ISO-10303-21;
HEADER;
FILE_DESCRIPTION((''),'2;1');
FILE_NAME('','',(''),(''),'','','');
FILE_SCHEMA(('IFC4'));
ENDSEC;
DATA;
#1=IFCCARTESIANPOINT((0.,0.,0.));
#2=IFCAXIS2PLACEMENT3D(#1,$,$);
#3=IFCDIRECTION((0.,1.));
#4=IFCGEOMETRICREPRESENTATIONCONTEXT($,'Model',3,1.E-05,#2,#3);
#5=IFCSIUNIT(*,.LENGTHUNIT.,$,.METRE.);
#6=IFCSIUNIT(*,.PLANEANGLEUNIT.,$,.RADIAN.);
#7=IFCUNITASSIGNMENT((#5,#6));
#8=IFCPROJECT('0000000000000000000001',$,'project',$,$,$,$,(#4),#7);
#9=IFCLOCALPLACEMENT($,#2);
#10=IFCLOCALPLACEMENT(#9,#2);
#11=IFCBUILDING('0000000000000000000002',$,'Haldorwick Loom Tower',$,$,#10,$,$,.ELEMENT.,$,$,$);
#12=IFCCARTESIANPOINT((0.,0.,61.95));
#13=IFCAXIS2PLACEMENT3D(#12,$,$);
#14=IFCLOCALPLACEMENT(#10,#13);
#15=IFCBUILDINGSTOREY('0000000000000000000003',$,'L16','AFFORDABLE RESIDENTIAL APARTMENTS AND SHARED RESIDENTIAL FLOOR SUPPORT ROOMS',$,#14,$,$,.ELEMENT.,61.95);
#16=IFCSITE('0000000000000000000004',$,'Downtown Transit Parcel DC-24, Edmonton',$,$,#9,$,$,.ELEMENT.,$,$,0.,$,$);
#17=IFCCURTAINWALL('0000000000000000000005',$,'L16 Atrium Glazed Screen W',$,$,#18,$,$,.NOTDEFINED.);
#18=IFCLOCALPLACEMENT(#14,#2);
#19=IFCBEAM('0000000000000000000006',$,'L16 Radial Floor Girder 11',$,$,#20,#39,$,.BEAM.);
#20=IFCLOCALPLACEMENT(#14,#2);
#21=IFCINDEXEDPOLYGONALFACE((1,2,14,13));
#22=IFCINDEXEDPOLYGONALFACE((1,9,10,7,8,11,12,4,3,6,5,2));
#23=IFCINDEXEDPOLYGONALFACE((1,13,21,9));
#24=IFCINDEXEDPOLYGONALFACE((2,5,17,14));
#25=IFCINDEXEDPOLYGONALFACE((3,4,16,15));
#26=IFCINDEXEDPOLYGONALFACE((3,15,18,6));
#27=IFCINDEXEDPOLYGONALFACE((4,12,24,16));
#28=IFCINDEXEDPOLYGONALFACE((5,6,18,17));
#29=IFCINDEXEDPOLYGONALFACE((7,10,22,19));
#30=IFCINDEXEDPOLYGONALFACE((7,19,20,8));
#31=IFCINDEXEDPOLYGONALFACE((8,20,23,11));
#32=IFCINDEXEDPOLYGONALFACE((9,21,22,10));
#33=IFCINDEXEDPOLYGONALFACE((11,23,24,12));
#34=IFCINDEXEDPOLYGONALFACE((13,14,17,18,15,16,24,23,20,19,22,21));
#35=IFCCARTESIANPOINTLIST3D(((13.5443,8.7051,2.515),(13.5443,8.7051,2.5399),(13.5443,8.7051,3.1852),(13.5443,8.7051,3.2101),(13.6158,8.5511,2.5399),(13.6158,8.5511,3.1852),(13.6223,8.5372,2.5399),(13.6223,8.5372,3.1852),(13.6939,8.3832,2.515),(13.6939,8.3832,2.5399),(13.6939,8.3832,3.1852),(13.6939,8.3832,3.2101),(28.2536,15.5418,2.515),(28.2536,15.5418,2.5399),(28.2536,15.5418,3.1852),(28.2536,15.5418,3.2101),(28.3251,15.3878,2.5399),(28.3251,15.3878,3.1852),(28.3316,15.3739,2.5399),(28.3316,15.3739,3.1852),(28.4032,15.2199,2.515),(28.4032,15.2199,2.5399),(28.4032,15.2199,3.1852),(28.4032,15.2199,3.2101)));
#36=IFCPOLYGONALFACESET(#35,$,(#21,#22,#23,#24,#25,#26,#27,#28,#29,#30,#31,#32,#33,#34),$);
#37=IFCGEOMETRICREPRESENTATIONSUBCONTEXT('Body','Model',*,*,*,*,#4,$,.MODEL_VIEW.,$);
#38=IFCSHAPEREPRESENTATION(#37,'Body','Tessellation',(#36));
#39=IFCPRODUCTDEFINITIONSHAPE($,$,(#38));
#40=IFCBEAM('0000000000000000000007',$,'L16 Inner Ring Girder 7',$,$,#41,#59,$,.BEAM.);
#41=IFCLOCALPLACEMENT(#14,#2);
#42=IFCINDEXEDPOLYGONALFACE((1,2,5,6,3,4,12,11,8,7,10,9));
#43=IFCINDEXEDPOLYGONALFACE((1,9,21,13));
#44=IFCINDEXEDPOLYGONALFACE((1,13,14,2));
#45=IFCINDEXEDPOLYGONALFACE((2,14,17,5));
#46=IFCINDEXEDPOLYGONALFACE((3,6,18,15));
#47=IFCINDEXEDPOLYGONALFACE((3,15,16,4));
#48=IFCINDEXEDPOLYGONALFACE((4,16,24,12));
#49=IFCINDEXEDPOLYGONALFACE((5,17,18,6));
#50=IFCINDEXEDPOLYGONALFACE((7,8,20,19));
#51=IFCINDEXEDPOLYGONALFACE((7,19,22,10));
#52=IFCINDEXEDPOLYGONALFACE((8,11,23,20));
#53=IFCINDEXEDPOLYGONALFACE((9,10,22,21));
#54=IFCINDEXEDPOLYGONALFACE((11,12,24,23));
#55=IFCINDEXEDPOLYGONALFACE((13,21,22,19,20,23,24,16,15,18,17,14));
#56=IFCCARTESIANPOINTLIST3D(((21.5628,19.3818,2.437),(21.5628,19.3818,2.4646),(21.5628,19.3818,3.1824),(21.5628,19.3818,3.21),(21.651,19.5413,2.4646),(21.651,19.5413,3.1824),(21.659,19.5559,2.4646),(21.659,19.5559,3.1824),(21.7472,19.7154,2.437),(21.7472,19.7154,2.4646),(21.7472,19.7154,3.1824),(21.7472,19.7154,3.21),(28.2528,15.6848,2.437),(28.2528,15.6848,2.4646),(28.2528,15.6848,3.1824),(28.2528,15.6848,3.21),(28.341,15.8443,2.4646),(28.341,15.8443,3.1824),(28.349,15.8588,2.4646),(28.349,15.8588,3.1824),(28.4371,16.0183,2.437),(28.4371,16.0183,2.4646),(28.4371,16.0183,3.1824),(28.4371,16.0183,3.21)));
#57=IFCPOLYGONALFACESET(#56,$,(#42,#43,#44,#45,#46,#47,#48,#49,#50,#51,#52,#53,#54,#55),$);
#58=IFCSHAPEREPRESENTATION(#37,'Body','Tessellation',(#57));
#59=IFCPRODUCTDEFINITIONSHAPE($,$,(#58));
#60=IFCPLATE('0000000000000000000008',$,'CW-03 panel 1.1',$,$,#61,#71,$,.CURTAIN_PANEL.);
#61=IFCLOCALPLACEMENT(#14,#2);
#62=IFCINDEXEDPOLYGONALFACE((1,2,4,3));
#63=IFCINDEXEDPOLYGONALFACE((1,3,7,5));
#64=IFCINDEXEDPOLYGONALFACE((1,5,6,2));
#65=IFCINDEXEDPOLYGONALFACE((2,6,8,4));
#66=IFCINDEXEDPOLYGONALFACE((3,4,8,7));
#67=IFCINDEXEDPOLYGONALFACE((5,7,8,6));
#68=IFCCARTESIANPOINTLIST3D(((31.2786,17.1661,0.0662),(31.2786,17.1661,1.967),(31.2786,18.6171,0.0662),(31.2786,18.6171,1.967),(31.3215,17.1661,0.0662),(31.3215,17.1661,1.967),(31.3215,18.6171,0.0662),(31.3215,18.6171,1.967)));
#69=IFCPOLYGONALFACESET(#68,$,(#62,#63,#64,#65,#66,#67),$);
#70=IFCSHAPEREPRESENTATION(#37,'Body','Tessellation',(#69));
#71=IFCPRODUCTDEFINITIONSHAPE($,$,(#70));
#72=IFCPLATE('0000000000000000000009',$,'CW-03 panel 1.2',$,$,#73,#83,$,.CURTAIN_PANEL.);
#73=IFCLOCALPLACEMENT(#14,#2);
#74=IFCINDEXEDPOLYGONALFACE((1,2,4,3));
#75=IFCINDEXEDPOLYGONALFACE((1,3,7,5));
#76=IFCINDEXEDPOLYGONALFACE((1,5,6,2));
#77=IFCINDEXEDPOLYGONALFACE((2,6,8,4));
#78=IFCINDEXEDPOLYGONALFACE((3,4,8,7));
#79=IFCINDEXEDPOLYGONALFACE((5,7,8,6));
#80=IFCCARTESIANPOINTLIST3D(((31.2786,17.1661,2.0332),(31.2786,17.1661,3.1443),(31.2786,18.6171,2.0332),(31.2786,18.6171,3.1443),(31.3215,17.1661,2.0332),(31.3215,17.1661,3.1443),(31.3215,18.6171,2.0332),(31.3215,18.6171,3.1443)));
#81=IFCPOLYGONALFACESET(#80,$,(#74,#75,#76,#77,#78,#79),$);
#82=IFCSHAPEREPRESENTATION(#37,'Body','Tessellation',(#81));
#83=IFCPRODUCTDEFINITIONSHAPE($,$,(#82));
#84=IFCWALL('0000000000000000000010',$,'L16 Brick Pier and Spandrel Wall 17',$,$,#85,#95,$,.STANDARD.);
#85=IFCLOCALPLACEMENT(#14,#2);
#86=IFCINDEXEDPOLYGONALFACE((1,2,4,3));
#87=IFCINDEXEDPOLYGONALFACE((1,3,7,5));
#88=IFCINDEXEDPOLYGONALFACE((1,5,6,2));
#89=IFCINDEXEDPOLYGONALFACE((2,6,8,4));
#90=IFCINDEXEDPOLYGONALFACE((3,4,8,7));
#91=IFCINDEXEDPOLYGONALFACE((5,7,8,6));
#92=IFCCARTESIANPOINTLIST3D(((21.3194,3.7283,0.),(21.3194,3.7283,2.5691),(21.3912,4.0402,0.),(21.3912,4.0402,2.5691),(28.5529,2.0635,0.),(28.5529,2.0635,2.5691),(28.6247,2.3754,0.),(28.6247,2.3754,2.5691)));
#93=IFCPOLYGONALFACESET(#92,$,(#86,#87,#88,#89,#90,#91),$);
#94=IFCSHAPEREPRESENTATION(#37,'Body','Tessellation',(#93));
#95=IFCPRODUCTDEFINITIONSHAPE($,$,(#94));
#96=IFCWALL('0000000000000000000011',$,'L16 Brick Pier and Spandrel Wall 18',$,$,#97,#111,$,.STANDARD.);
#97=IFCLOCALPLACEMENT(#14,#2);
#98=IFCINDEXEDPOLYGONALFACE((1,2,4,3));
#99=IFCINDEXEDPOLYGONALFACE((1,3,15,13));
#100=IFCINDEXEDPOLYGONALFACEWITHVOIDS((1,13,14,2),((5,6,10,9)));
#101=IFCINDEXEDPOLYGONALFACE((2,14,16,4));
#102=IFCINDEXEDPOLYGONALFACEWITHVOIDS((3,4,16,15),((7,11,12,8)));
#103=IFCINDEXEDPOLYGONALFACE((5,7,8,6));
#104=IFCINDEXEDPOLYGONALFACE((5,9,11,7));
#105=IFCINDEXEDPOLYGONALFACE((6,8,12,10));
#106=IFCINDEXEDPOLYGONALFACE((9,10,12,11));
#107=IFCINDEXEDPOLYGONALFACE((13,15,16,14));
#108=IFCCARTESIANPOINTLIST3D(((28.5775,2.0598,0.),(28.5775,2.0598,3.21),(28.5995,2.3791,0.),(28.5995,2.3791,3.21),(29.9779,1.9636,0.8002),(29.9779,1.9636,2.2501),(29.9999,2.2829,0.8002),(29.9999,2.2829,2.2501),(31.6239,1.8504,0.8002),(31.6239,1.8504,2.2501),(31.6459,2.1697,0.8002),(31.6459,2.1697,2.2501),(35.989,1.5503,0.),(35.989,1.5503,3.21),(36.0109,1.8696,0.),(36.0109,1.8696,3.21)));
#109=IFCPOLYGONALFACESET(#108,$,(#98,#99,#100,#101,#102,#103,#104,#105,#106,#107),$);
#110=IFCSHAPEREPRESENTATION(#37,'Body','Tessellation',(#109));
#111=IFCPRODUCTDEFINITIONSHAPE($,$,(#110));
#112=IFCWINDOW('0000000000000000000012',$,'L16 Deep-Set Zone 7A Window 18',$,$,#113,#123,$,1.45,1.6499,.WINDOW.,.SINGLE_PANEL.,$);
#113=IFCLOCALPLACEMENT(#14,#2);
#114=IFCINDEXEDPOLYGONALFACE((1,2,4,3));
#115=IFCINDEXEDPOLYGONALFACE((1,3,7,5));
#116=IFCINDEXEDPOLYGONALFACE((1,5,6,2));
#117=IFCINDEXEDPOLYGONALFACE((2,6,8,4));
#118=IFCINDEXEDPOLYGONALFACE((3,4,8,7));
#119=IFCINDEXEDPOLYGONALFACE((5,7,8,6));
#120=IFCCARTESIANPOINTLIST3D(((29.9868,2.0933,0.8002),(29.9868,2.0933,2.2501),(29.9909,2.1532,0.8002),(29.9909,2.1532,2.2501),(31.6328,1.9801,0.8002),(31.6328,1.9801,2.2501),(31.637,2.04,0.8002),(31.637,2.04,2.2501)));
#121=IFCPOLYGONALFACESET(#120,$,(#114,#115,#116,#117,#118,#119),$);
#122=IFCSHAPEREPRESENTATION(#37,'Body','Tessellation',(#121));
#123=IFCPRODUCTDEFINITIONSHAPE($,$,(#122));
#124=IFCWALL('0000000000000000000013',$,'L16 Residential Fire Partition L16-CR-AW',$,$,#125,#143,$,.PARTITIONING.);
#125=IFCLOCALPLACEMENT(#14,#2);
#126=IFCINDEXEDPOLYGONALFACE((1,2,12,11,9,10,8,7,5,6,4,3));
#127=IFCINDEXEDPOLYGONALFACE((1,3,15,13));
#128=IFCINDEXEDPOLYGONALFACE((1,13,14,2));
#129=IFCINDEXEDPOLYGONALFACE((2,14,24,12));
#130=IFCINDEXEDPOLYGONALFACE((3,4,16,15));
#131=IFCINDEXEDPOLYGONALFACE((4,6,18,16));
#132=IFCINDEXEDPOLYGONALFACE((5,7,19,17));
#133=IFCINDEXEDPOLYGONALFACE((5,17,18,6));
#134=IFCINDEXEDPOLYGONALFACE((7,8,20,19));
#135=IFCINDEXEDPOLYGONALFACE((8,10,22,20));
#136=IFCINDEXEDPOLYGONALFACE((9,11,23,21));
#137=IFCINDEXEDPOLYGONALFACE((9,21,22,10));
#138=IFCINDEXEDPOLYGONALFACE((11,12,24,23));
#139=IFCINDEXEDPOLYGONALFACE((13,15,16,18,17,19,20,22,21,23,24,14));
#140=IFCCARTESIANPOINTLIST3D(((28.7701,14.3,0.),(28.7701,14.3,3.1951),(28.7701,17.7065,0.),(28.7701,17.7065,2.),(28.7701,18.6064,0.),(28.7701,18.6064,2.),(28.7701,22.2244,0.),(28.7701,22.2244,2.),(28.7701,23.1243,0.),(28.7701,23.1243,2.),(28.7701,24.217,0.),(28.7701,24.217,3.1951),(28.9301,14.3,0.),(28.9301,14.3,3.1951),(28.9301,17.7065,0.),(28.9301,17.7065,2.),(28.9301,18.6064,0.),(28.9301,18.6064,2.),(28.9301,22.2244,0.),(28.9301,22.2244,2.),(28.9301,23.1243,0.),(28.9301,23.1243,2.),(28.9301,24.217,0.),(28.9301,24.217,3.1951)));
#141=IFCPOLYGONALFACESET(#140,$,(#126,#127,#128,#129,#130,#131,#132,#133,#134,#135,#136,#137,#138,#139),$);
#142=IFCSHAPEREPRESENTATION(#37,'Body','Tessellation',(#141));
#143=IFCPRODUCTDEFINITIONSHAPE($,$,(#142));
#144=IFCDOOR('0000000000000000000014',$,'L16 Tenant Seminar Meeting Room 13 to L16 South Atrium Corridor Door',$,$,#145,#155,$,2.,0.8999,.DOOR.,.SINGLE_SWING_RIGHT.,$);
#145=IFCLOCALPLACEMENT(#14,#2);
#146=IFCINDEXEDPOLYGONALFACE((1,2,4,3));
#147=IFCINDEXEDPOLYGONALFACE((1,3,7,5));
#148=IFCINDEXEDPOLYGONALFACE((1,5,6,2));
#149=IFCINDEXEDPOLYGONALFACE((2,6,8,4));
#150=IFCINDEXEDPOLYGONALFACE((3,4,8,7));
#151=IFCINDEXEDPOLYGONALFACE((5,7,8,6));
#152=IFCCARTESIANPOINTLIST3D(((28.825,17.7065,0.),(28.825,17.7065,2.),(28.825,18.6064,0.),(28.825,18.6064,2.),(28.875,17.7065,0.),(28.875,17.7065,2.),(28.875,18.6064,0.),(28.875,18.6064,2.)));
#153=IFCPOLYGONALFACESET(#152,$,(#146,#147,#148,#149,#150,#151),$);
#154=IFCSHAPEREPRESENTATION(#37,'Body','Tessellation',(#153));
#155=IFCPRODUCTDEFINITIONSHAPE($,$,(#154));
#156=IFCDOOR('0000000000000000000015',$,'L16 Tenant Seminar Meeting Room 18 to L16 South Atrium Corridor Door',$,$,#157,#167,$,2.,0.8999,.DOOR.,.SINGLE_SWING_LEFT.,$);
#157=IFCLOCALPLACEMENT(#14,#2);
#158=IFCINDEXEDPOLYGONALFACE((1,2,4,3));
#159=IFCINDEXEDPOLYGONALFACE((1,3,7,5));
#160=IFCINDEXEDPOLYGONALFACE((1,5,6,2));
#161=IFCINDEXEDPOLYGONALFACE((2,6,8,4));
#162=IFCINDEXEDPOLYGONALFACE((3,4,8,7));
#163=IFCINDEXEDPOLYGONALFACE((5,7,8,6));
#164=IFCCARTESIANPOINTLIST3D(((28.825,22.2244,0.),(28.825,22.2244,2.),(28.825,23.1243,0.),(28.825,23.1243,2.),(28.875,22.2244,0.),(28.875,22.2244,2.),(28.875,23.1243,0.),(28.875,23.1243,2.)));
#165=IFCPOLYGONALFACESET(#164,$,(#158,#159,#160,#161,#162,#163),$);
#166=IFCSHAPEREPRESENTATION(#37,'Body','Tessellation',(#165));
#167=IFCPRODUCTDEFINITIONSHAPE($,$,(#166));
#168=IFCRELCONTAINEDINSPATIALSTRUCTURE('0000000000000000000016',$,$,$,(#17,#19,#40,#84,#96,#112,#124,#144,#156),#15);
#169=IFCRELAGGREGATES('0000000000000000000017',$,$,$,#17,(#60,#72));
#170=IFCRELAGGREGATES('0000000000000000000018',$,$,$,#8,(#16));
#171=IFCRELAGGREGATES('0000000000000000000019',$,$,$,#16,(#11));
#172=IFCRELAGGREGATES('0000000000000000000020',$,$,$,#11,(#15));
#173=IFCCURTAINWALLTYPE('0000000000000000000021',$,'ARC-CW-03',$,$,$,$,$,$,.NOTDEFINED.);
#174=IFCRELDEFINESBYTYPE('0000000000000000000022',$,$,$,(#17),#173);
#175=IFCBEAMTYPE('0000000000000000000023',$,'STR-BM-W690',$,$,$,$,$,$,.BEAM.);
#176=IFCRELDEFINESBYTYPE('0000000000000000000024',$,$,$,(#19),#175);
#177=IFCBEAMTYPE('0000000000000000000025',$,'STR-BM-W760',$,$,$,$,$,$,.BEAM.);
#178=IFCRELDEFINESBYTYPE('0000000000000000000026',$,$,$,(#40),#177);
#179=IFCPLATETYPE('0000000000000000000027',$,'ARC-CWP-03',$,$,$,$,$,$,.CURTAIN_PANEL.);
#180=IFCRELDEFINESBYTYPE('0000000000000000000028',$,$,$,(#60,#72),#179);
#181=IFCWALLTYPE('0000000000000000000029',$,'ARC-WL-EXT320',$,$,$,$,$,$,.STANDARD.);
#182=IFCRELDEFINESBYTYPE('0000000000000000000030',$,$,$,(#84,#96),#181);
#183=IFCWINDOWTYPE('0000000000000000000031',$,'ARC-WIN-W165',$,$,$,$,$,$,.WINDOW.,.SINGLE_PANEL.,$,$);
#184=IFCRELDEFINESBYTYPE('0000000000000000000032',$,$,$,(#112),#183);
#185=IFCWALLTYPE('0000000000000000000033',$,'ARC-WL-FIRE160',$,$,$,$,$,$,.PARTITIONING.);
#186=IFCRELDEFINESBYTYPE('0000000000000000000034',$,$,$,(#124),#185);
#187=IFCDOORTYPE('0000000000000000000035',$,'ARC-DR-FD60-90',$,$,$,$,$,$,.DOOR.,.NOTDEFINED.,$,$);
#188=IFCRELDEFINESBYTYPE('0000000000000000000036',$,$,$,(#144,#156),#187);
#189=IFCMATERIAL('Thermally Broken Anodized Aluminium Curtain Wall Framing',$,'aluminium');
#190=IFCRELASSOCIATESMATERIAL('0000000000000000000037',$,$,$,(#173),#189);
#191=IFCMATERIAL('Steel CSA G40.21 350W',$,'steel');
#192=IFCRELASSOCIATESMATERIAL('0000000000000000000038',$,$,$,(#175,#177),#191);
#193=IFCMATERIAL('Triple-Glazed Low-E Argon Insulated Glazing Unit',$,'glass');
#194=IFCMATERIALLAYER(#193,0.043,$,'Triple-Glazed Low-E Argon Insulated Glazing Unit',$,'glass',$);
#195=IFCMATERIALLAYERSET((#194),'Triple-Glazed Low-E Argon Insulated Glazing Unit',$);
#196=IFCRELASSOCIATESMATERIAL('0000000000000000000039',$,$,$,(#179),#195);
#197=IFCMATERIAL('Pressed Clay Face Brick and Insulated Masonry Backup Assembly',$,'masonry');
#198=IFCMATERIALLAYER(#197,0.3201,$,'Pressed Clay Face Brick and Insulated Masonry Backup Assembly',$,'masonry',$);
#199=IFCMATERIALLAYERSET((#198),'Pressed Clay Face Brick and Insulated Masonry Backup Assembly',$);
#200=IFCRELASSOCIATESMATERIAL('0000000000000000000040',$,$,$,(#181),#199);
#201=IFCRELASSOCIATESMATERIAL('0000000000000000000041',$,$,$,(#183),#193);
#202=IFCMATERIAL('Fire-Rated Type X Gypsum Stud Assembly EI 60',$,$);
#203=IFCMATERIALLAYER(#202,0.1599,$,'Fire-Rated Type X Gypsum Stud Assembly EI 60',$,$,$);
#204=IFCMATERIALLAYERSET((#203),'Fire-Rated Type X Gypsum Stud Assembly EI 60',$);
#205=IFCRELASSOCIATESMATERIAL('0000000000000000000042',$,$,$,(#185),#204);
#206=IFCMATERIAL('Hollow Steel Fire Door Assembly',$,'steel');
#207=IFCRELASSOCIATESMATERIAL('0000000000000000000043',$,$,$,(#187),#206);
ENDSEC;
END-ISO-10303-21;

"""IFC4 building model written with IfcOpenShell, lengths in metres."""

from ifc_helpers import new_model, si_unit, direction, frame, frame_2d, origin, origin_2d, place, context, subcontext, project, spatial, rectangle, i_section, extrude, material, layer, layer_set, material_profile, profile_set, type_object, element, fill, aggregate, save


model = new_model("IFC4")

# Units and contexts
model_context = context("Model", 3, precision=1e-05, world=origin(), true_north=direction((0.0, 1.0)))
body_context = subcontext(model_context, "Body", "Model", "MODEL_VIEW")
ifc_project = project(units=[si_unit("LENGTHUNIT", "METRE"), si_unit("PLANEANGLEUNIT", "RADIAN")], contexts=[model_context])

# Site, building, storey
site_placement = place(None, origin())
site = spatial("IfcSite", under=ifc_project, at=site_placement, Name="Downtown Transit Parcel DC-24, Edmonton", CompositionType="ELEMENT", RefElevation=0.0)
building_placement = place(site_placement, origin())
building = spatial("IfcBuilding", under=site, at=building_placement, Name="Haldorwick Loom Tower", CompositionType="ELEMENT")
storey_placement = place(building_placement, frame((0.0, 0.0, 61.95)))
storey = spatial("IfcBuildingStorey", under=building, at=storey_placement, Name="L16", Description="AFFORDABLE RESIDENTIAL APARTMENTS AND SHARED RESIDENTIAL FLOOR SUPPORT ROOMS", CompositionType="ELEMENT", Elevation=61.95)

# Curtain wall
ifc_material_1 = material(Name="Thermally Broken Anodized Aluminium Curtain Wall Framing", Category="aluminium")
curtain_wall_type = type_object("IfcCurtainWallType", Name="ARC-CW-03", PredefinedType="NOTDEFINED", material=ifc_material_1)
curtain_wall_placement = place(storey_placement, origin())
curtain_wall = element("IfcCurtainWall", 1, at=curtain_wall_placement, inside=storey, type_object=curtain_wall_type, Name="L16 Atrium Glazed Screen W", PredefinedType="NOTDEFINED")

# Beams
ifc_material_2 = material(Name="Steel CSA G40.21 350W", Category="steel")
ifc_material_profile_1 = material_profile(ifc_material_2, i_section(OverallWidth=0.355, OverallDepth=0.6951, WebThickness=0.0154, FlangeThickness=0.0249, at=origin_2d()), Name="W690X217", Category="steel")
ifc_profile_set_1 = profile_set([ifc_material_profile_1], Name="Steel CSA G40.21 350W")
beam_type_1 = type_object("IfcBeamType", Name="STR-BM-W690", PredefinedType="BEAM", material=ifc_profile_set_1)
beam_1_placement = place(storey_placement, frame((28.3284, 15.3809, 2.8625), z_axis=(-0.906835, -0.421486, 0.0), x_axis=(0.421486, -0.906835, 0.0)))
element("IfcBeam", 2, at=beam_1_placement, inside=storey, type_object=beam_type_1, Name="L16 Radial Floor Girder 11", PredefinedType="BEAM", context=body_context, shape_type="SweptSolid", body=[
    extrude(i_section(OverallWidth=0.355, OverallDepth=0.6951, WebThickness=0.0154, FlangeThickness=0.0249, at=origin_2d()), origin(), (0.0, 0.0, 1.0), 16.2205),
])
ifc_material_profile_2 = material_profile(ifc_material_2, i_section(OverallWidth=0.3811, OverallDepth=0.7729, WebThickness=0.0166, FlangeThickness=0.0276, at=origin_2d()), Name="W760X257", Category="steel")
ifc_profile_set_2 = profile_set([ifc_material_profile_2], Name="Steel CSA G40.21 350W")
beam_type_2 = type_object("IfcBeamType", Name="STR-BM-W760", PredefinedType="BEAM", material=ifc_profile_set_2)
beam_2_placement = place(storey_placement, frame((28.345, 15.8516, 2.8235), z_axis=(-0.875244, 0.483681, 0.0), x_axis=(-0.483681, -0.875244, 0.0)))
element("IfcBeam", 3, at=beam_2_placement, inside=storey, type_object=beam_type_2, Name="L16 Inner Ring Girder 7", PredefinedType="BEAM", context=body_context, shape_type="SweptSolid", body=[
    extrude(i_section(OverallWidth=0.3811, OverallDepth=0.7729, WebThickness=0.0166, FlangeThickness=0.0276, at=origin_2d()), origin(), (0.0, 0.0, 1.0), 7.6436),
])

# Plates
ifc_material_3 = material(Name="Triple-Glazed Low-E Argon Insulated Glazing Unit", Category="glass")
ifc_layer_1 = layer(ifc_material_3, 0.043, Name="Triple-Glazed Low-E Argon Insulated Glazing Unit", Category="glass")
ifc_layer_set_1 = layer_set([ifc_layer_1], Name="Triple-Glazed Low-E Argon Insulated Glazing Unit")
plate_type = type_object("IfcPlateType", Name="ARC-CWP-03", PredefinedType="CURTAIN_PANEL", material=ifc_layer_set_1)
plate_1_placement = place(storey_placement, frame((31.3, 17.8916, 0.0662), z_axis=(0.0, 0.0, 1.0), x_axis=(0.0, 1.0, 0.0)))
plate_1 = element("IfcPlate", 4, at=plate_1_placement, type_object=plate_type, Name="CW-03 panel 1.1", PredefinedType="CURTAIN_PANEL", context=body_context, shape_type="SweptSolid", body=[
    extrude(rectangle(XDim=1.4509, YDim=0.043, at=origin_2d()), origin(), (0.0, 0.0, 1.0), 1.9009),
])
plate_2_placement = place(storey_placement, frame((31.3, 17.8916, 2.0332), z_axis=(0.0, 0.0, 1.0), x_axis=(0.0, 1.0, 0.0)))
plate_2 = element("IfcPlate", 5, at=plate_2_placement, type_object=plate_type, Name="CW-03 panel 1.2", PredefinedType="CURTAIN_PANEL", context=body_context, shape_type="SweptSolid", body=[
    extrude(rectangle(XDim=1.4509, YDim=0.043, at=origin_2d()), origin(), (0.0, 0.0, 1.0), 1.1111),
])
aggregate(curtain_wall, [plate_1, plate_2])

# Wall
ifc_material_4 = material(Name="Pressed Clay Face Brick and Insulated Masonry Backup Assembly", Category="masonry")
ifc_layer_2 = layer(ifc_material_4, 0.3201, Name="Pressed Clay Face Brick and Insulated Masonry Backup Assembly", Category="masonry")
ifc_layer_set_2 = layer_set([ifc_layer_2], Name="Pressed Clay Face Brick and Insulated Masonry Backup Assembly")
wall_type_1 = type_object("IfcWallType", Name="ARC-WL-EXT320", PredefinedType="STANDARD", material=ifc_layer_set_2)
wall_1_placement = place(storey_placement, frame((21.3552, 3.8843, 0.0), z_axis=(0.0, 0.0, 1.0), x_axis=(0.974522, -0.22429, 0.0)))
element("IfcWall", 6, at=wall_1_placement, inside=storey, type_object=wall_type_1, Name="L16 Brick Pier and Spandrel Wall 17", PredefinedType="STANDARD", context=body_context, shape_type="SweptSolid", body=[
    extrude(rectangle(XDim=7.4226, YDim=0.3201, at=frame_2d((3.7114, 0.0))), origin(), (0.0, 0.0, 1.0), 2.5691),
])

# Wall, opening, window
wall_2_placement = place(storey_placement, frame((28.5886, 2.2195, 0.0), z_axis=(0.0, 0.0, 1.0), x_axis=(0.997645, -0.068587, 0.0)))
wall_2 = element("IfcWall", 7, at=wall_2_placement, inside=storey, type_object=wall_type_1, Name="L16 Brick Pier and Spandrel Wall 18", PredefinedType="STANDARD", context=body_context, shape_type="SweptSolid", body=[
    extrude(rectangle(XDim=7.429, YDim=0.3201, at=frame_2d((3.7144, 0.0))), origin(), (0.0, 0.0, 1.0), 3.21),
])
opening_1_placement = place(wall_2_placement, frame((1.4036, 0.0, 0.8)))
opening_1 = element("IfcOpeningElement", 8, at=opening_1_placement, cuts=wall_2, PredefinedType="OPENING", context=body_context, shape_type="SweptSolid", body=[
    extrude(rectangle(XDim=1.6499, YDim=1.45, at=frame_2d((0.825, 0.7251))), frame((0.0, 0.1699, 0.0), z_axis=(0.0, -1.0, 0.0), x_axis=(1.0, 0.0, 0.0)), (0.0, 0.0, 1.0), 0.3401),
])
window_type = type_object("IfcWindowType", Name="ARC-WIN-W165", PartitioningType="SINGLE_PANEL", PredefinedType="WINDOW", material=ifc_material_3)
window_placement = place(opening_1_placement, origin())
window = element("IfcWindow", 9, at=window_placement, inside=storey, type_object=window_type, Name="L16 Deep-Set Zone 7A Window 18", OverallHeight=1.45, OverallWidth=1.6499, PartitioningType="SINGLE_PANEL", PredefinedType="WINDOW", context=body_context, shape_type="SweptSolid", body=[
    extrude(rectangle(XDim=1.6499, YDim=1.45, at=frame_2d((0.825, 0.7251))), frame((0.0, 0.03, 0.0), z_axis=(0.0, -1.0, 0.0), x_axis=(1.0, 0.0, 0.0)), (0.0, 0.0, 1.0), 0.0601),
])
fill(opening_1, window)

# Wall, openings, doors
ifc_material_5 = material(Name="Fire-Rated Type X Gypsum Stud Assembly EI 60")
ifc_layer_3 = layer(ifc_material_5, 0.1599, Name="Fire-Rated Type X Gypsum Stud Assembly EI 60")
ifc_layer_set_3 = layer_set([ifc_layer_3], Name="Fire-Rated Type X Gypsum Stud Assembly EI 60")
wall_type_2 = type_object("IfcWallType", Name="ARC-WL-FIRE160", PredefinedType="PARTITIONING", material=ifc_layer_set_3)
wall_3_placement = place(storey_placement, frame((28.8501, 14.3, 0.0), z_axis=(0.0, 0.0, 1.0), x_axis=(0.0, 1.0, 0.0)))
wall_3 = element("IfcWall", 10, at=wall_3_placement, inside=storey, type_object=wall_type_2, Name="L16 Residential Fire Partition L16-CR-AW", PredefinedType="PARTITIONING", context=body_context, shape_type="SweptSolid", body=[
    extrude(rectangle(XDim=9.917, YDim=0.1599, at=frame_2d((4.9585, 0.0))), origin(), (0.0, 0.0, 1.0), 3.1951),
])
opening_2_placement = place(wall_3_placement, frame((3.4065, 0.0, 0.0)))
opening_2 = element("IfcOpeningElement", 11, at=opening_2_placement, cuts=wall_3, PredefinedType="OPENING", context=body_context, shape_type="SweptSolid", body=[
    extrude(rectangle(XDim=0.8999, YDim=2.0, at=frame_2d((0.45, 1.0))), frame((0.0, 0.0898, 0.0), z_axis=(0.0, -1.0, 0.0), x_axis=(1.0, 0.0, 0.0)), (0.0, 0.0, 1.0), 0.1799),
])
opening_3_placement = place(wall_3_placement, frame((7.9243, 0.0, 0.0)))
opening_3 = element("IfcOpeningElement", 12, at=opening_3_placement, cuts=wall_3, PredefinedType="OPENING", context=body_context, shape_type="SweptSolid", body=[
    extrude(rectangle(XDim=0.8999, YDim=2.0, at=frame_2d((0.45, 1.0))), frame((0.0, 0.0898, 0.0), z_axis=(0.0, -1.0, 0.0), x_axis=(1.0, 0.0, 0.0)), (0.0, 0.0, 1.0), 0.1799),
])
ifc_material_6 = material(Name="Hollow Steel Fire Door Assembly", Category="steel")
door_type_1 = type_object("IfcDoorType", Name="ARC-DR-FD60-90", OperationType="NOTDEFINED", PredefinedType="DOOR", material=ifc_material_6)
door_1_placement = place(opening_2_placement, frame((0.8999, 0.0, 0.0), z_axis=(0.0, 0.0, 1.0), x_axis=(-1.0, 0.0, 0.0)))
door_1 = element("IfcDoor", 13, at=door_1_placement, inside=storey, type_object=door_type_1, Name="L16 Tenant Seminar Meeting Room 13 to L16 South Atrium Corridor Door", OperationType="SINGLE_SWING_RIGHT", OverallHeight=2.0, OverallWidth=0.8999, PredefinedType="DOOR", context=body_context, shape_type="SweptSolid", body=[
    extrude(rectangle(XDim=0.8999, YDim=2.0, at=frame_2d((0.45, 1.0))), frame((0.0, 0.0249, 0.0), z_axis=(0.0, -1.0, 0.0), x_axis=(1.0, 0.0, 0.0)), (0.0, 0.0, 1.0), 0.05),
])
fill(opening_2, door_1)
door_2_placement = place(opening_3_placement, frame((0.8999, 0.0, 0.0), z_axis=(0.0, 0.0, 1.0), x_axis=(-1.0, 0.0, 0.0)))
door_2 = element("IfcDoor", 14, at=door_2_placement, inside=storey, type_object=door_type_1, Name="L16 Tenant Seminar Meeting Room 18 to L16 South Atrium Corridor Door", OperationType="SINGLE_SWING_LEFT", OverallHeight=2.0, OverallWidth=0.8999, PredefinedType="DOOR", context=body_context, shape_type="SweptSolid", body=[
    extrude(rectangle(XDim=0.8999, YDim=2.0, at=frame_2d((0.45, 1.0))), frame((0.0, 0.0249, 0.0), z_axis=(0.0, -1.0, 0.0), x_axis=(1.0, 0.0, 0.0)), (0.0, 0.0, 1.0), 0.05),
])
fill(opening_3, door_2)

save(model, "model.ifc")
